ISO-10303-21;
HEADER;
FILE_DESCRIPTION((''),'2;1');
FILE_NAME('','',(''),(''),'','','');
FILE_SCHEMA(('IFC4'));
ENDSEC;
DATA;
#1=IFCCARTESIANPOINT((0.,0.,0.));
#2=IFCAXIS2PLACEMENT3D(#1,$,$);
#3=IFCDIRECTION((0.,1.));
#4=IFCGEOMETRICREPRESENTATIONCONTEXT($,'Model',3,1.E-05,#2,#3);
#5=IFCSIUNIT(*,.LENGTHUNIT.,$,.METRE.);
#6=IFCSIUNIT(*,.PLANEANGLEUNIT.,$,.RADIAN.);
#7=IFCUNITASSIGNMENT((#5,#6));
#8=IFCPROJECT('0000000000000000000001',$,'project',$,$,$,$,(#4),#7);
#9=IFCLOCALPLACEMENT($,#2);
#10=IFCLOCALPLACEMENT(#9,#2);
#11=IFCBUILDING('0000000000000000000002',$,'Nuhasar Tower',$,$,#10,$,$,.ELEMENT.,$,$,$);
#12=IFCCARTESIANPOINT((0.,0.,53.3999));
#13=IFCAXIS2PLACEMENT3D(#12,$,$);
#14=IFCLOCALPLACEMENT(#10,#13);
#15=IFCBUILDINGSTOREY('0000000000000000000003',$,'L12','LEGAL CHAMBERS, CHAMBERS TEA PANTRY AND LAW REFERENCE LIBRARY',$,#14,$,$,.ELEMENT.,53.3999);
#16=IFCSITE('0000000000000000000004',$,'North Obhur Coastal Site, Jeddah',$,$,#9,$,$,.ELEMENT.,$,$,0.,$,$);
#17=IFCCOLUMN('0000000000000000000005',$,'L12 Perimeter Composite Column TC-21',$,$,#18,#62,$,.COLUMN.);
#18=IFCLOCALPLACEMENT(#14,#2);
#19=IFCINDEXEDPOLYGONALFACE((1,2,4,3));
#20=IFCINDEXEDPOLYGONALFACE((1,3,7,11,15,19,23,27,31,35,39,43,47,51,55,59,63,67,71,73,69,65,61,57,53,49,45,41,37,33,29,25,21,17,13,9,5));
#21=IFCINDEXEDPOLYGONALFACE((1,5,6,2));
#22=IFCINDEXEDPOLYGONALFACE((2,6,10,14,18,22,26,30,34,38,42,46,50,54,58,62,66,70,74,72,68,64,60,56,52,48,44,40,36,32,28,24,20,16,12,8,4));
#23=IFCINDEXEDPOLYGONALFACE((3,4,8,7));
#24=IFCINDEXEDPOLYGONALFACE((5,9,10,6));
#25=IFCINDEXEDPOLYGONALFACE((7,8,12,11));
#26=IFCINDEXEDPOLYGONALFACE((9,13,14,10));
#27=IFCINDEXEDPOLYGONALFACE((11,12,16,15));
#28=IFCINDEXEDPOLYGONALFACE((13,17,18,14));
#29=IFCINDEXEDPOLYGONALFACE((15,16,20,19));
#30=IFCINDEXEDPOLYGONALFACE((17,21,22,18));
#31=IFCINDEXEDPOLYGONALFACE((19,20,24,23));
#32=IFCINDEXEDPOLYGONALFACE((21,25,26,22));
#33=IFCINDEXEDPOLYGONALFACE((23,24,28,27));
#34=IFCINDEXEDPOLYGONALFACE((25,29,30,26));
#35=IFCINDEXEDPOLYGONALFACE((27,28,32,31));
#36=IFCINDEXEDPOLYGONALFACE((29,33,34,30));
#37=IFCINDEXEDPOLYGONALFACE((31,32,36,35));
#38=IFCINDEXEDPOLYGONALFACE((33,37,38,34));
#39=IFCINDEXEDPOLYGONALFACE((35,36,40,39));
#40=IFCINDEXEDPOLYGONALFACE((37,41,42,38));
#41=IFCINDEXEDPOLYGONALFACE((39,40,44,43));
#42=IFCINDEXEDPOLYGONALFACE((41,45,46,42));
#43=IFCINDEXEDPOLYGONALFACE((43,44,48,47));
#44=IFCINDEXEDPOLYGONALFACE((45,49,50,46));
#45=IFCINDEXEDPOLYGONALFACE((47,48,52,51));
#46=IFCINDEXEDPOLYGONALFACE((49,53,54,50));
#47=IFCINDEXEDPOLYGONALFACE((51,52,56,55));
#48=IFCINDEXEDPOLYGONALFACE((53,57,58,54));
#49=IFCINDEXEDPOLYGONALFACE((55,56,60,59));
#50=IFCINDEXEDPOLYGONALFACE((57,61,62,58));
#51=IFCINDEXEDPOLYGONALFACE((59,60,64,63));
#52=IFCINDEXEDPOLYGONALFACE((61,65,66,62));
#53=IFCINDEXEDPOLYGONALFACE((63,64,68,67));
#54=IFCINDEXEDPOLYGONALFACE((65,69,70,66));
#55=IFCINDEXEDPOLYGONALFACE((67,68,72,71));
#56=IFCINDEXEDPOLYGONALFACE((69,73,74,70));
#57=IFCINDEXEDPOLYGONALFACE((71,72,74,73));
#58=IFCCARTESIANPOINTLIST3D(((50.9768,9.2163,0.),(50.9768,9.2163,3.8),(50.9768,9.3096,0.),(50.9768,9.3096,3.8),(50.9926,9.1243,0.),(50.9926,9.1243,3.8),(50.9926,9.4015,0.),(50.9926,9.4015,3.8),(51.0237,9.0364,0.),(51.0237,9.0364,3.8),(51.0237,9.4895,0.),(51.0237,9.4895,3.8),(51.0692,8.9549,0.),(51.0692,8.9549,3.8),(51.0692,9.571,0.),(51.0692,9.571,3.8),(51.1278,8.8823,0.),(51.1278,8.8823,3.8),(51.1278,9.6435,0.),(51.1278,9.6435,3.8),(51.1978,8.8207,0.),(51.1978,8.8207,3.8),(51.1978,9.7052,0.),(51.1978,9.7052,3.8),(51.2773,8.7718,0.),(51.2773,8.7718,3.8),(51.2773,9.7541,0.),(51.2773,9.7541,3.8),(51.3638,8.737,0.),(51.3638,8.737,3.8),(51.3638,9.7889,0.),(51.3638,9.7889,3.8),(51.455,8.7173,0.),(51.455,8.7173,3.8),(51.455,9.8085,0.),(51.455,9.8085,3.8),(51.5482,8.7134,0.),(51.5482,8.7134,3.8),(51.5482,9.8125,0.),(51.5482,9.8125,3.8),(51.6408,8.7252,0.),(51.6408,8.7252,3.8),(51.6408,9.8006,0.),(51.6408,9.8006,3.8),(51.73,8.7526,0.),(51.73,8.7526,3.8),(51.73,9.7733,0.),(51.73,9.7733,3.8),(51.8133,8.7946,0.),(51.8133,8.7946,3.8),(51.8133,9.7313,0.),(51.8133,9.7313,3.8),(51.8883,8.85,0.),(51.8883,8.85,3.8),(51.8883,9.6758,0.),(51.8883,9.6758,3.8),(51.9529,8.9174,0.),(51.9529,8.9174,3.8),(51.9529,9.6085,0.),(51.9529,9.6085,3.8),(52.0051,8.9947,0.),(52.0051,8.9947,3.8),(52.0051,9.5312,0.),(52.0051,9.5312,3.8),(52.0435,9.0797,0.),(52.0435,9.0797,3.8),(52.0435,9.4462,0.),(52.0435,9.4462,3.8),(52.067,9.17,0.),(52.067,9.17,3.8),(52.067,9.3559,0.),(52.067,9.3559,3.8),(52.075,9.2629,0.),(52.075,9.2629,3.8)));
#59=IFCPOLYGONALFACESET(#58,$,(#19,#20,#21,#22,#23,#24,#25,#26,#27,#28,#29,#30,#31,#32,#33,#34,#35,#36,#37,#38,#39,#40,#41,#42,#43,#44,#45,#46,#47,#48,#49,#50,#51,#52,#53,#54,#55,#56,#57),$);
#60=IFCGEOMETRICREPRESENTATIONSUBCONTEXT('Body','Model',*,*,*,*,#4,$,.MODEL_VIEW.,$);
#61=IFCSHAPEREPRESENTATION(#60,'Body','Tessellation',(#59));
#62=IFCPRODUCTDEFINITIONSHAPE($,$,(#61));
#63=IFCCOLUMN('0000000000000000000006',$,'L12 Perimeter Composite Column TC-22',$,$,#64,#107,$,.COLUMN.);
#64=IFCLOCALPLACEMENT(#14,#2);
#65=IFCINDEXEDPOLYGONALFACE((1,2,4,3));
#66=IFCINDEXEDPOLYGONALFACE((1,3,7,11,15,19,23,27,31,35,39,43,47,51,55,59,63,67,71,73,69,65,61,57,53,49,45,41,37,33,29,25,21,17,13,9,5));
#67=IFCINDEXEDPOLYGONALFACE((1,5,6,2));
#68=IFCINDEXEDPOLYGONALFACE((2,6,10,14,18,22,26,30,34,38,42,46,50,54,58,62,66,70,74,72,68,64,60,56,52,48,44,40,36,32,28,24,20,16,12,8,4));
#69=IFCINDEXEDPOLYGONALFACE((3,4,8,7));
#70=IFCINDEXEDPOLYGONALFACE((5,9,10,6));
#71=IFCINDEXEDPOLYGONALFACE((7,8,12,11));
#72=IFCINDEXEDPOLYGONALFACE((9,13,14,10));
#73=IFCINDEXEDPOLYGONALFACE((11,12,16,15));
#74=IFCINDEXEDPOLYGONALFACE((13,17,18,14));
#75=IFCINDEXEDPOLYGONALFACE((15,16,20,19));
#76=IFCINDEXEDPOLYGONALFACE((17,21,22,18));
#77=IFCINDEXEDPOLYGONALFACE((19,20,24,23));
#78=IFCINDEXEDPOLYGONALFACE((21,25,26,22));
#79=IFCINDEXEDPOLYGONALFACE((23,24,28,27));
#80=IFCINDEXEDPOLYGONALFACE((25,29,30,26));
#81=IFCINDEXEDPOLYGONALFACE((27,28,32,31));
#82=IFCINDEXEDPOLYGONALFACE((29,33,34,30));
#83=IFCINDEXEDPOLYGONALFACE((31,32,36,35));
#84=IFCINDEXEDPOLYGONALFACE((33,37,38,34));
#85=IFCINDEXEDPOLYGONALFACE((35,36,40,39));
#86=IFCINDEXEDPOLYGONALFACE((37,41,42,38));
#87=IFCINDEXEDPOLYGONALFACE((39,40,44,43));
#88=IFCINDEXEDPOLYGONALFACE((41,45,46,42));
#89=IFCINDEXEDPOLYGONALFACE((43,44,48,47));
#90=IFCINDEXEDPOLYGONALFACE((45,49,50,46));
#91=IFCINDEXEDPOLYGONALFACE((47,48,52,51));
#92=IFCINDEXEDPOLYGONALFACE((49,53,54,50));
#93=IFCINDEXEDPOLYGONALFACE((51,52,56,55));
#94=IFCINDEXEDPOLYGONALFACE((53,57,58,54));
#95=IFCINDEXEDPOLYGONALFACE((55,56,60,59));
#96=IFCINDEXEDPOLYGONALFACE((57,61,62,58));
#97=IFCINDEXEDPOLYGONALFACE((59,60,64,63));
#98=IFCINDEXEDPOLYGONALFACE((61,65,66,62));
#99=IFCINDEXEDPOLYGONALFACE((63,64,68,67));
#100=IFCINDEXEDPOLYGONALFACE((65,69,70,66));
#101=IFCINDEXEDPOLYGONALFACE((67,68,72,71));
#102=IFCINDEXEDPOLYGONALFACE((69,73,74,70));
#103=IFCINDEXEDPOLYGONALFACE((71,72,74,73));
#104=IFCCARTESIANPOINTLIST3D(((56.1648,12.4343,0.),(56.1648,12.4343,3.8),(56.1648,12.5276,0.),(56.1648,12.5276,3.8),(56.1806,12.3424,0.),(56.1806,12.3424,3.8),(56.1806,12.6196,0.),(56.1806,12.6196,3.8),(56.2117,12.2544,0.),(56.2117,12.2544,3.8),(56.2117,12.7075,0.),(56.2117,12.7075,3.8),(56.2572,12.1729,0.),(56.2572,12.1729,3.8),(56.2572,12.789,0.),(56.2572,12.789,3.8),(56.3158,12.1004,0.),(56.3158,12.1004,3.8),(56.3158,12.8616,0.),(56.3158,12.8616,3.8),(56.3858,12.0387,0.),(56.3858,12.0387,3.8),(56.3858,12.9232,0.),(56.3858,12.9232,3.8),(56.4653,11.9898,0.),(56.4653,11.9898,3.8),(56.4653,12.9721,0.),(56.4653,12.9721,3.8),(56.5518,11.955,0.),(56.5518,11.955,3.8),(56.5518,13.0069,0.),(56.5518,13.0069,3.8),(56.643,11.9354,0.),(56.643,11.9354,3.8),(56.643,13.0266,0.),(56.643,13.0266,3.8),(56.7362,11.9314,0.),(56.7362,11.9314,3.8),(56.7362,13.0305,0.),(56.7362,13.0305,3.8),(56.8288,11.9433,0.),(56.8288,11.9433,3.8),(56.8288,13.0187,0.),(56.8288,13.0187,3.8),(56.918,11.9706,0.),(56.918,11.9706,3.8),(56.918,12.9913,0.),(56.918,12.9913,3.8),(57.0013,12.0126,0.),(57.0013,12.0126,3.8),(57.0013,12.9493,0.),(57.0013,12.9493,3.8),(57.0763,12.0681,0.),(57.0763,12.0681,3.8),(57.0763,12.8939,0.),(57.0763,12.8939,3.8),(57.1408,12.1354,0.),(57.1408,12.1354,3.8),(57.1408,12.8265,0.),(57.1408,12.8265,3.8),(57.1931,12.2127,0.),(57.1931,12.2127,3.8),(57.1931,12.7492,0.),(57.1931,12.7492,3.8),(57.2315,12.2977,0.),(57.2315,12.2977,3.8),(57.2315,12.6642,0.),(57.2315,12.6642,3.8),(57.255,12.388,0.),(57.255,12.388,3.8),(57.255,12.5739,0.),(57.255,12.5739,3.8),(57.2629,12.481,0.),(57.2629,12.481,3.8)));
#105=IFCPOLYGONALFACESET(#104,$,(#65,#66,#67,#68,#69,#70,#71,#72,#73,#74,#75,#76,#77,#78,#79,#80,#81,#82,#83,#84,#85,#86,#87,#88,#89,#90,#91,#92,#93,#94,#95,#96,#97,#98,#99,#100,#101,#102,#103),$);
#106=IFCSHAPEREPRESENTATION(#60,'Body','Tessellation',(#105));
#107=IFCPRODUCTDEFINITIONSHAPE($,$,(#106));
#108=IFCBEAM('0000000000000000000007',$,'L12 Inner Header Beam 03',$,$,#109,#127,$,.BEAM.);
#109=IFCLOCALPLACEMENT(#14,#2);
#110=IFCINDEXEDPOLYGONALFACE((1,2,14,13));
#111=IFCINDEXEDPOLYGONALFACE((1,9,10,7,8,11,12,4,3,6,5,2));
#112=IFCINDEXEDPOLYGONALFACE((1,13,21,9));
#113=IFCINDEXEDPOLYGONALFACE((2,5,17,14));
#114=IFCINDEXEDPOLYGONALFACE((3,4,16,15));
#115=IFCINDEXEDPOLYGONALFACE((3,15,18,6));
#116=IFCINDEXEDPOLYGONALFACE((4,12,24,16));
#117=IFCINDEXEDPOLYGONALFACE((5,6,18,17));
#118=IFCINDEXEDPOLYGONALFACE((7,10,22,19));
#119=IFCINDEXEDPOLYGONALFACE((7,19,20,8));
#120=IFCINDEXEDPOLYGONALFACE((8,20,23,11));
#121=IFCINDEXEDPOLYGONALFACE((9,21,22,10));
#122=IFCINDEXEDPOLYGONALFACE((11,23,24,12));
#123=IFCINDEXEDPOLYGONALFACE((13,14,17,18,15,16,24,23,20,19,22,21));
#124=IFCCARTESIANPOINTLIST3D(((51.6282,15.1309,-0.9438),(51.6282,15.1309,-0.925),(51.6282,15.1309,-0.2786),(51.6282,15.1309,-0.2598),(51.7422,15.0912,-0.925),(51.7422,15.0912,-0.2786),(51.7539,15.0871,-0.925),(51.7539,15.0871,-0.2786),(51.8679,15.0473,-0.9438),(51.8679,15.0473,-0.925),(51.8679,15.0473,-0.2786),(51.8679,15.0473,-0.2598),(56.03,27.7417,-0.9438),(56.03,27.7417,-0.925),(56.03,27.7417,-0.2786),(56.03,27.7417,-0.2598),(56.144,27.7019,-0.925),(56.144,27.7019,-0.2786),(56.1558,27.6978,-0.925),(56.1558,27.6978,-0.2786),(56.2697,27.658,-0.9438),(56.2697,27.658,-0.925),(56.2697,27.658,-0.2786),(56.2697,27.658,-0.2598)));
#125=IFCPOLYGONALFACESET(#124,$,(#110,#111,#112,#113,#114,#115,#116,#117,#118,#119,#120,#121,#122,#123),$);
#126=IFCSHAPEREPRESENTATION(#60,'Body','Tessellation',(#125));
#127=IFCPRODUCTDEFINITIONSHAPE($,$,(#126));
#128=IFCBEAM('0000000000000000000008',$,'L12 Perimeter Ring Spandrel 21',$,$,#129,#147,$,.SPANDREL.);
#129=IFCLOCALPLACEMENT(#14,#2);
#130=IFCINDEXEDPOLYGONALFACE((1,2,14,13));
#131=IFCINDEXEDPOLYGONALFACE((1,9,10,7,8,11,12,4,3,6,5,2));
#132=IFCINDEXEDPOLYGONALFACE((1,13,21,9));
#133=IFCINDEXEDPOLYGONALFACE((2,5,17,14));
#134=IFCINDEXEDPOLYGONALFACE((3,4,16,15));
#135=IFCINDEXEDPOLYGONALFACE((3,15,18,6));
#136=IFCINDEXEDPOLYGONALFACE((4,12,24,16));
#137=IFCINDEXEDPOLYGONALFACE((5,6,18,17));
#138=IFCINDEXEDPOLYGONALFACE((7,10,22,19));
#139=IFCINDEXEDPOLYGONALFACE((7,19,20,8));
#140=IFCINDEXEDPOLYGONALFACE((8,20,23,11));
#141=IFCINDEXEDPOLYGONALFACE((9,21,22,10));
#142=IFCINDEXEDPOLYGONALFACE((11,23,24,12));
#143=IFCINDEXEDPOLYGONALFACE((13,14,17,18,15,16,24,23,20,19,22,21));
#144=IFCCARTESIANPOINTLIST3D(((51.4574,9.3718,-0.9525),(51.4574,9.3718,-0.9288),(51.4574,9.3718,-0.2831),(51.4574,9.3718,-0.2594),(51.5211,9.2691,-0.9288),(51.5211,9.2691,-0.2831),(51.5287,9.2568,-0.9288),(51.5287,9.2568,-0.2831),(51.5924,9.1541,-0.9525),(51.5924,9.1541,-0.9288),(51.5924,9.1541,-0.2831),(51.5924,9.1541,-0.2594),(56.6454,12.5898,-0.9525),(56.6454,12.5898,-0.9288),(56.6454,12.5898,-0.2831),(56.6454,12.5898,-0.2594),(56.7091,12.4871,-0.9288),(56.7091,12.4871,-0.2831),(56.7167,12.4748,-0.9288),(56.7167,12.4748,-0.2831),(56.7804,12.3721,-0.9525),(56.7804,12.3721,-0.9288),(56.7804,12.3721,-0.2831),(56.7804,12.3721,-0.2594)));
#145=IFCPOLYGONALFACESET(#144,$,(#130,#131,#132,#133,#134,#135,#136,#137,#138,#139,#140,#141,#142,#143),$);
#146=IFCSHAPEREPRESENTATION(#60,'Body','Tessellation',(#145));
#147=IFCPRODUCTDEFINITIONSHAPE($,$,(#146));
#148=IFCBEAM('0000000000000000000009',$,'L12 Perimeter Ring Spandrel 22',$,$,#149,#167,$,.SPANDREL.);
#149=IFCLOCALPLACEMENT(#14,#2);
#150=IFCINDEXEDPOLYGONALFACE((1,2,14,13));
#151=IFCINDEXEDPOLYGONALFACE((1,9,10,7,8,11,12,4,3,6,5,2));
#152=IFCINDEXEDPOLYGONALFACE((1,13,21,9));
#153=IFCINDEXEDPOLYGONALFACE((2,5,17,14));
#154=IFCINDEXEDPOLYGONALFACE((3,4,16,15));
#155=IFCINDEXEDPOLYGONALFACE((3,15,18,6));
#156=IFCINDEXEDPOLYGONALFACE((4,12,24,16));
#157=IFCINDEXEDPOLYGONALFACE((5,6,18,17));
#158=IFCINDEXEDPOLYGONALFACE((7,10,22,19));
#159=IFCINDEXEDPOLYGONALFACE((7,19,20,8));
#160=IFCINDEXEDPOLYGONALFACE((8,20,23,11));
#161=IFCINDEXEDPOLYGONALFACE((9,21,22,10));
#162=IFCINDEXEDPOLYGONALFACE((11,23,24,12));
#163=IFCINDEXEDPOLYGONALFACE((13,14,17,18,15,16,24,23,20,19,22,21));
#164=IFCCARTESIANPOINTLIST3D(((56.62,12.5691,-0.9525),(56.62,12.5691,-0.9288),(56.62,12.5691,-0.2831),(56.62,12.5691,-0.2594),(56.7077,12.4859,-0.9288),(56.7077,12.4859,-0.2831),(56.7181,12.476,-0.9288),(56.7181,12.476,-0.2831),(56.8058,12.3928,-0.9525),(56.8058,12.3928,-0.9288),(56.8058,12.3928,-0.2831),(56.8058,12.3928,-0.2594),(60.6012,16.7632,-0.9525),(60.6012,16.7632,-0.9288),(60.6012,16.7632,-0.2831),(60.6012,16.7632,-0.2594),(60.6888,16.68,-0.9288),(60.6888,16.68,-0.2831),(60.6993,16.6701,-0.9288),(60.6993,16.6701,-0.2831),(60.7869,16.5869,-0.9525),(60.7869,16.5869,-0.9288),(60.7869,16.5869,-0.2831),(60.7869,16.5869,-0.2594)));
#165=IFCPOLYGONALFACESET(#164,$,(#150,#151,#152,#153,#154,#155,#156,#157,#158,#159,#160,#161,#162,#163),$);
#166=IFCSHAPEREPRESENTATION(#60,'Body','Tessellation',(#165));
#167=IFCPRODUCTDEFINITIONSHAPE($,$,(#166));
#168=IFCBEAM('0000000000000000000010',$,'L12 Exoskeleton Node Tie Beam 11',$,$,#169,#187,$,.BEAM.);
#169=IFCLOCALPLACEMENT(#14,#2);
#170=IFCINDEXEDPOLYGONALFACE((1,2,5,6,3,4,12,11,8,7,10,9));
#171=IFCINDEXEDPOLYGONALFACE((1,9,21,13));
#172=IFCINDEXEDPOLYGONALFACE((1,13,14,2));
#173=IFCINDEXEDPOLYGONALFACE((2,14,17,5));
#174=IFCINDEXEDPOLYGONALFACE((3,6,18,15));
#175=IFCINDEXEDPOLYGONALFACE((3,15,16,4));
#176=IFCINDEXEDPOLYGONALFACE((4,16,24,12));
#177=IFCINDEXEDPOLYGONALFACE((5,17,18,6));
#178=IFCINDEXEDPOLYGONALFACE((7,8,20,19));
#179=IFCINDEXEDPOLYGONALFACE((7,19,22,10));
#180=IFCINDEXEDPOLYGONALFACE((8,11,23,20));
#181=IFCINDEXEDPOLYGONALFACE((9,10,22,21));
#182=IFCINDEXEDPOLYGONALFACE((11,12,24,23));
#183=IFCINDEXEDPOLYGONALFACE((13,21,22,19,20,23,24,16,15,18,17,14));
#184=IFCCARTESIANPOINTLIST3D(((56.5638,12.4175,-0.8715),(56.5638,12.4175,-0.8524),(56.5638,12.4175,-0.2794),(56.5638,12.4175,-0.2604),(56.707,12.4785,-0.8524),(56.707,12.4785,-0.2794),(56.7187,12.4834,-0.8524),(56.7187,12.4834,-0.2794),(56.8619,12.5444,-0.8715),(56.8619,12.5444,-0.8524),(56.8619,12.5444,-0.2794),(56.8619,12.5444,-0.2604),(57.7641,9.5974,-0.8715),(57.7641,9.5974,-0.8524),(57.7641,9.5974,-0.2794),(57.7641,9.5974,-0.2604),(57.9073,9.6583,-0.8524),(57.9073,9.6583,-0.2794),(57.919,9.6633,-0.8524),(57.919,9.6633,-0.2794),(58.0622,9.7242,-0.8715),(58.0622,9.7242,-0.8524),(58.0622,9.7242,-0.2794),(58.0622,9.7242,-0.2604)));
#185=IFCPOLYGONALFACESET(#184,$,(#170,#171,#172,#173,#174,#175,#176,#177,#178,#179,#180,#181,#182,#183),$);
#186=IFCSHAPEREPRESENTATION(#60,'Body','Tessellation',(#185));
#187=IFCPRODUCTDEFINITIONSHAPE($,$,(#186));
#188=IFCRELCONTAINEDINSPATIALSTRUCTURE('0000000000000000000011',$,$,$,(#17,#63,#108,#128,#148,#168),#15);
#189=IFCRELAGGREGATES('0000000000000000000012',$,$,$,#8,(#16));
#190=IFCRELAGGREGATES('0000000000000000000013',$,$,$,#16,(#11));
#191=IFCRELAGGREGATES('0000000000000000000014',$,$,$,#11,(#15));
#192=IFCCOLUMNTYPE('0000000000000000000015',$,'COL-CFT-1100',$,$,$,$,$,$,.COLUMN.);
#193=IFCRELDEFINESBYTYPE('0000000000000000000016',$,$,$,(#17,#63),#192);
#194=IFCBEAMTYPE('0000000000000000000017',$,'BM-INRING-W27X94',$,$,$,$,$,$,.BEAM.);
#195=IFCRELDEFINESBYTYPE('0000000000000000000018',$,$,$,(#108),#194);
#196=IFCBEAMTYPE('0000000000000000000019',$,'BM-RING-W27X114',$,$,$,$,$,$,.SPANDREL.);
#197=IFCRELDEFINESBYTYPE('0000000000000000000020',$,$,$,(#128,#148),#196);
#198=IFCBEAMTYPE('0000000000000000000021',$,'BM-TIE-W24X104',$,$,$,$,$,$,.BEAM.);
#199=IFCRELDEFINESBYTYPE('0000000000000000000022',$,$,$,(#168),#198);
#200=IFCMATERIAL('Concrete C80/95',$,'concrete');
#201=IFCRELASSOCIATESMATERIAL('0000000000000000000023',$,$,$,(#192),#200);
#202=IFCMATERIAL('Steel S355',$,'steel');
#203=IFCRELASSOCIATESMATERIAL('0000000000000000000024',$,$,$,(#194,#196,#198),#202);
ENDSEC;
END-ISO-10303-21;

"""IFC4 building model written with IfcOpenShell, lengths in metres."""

from ifc_helpers import new_model, si_unit, direction, frame, origin, origin_2d, place, context, subcontext, project, spatial, circle, i_section, extrude, material, material_profile, profile_set, type_object, element, save


model = new_model("IFC4")

# Units and contexts
model_context = context("Model", 3, precision=1e-05, world=origin(), true_north=direction((0.0, 1.0)))
body_context = subcontext(model_context, "Body", "Model", "MODEL_VIEW")
ifc_project = project(units=[si_unit("LENGTHUNIT", "METRE"), si_unit("PLANEANGLEUNIT", "RADIAN")], contexts=[model_context])

# Site, building, storey
site_placement = place(None, origin())
site = spatial("IfcSite", under=ifc_project, at=site_placement, Name="North Obhur Coastal Site, Jeddah", CompositionType="ELEMENT", RefElevation=0.0)
building_placement = place(site_placement, origin())
building = spatial("IfcBuilding", under=site, at=building_placement, Name="Nuhasar Tower", CompositionType="ELEMENT")
storey_placement = place(building_placement, frame((0.0, 0.0, 53.3999)))
storey = spatial("IfcBuildingStorey", under=building, at=storey_placement, Name="L12", Description="LEGAL CHAMBERS, CHAMBERS TEA PANTRY AND LAW REFERENCE LIBRARY", CompositionType="ELEMENT", Elevation=53.3999)

# Columns
ifc_material_1 = material(Name="Concrete C80/95", Category="concrete")
ifc_material_profile_1 = material_profile(ifc_material_1, circle(Radius=0.55, at=origin_2d()), Name="CFT1100")
ifc_profile_set_1 = profile_set([ifc_material_profile_1], Name="Concrete C80/95")
column_type = type_object("IfcColumnType", Name="COL-CFT-1100", PredefinedType="COLUMN", material=ifc_profile_set_1)
for number, where, z_axis, x_axis, name in (
    (1, (51.5249, 9.2629, 0.0), (0.0, 0.0, 1.0), (1.0, 0.0, 0.0), "L12 Perimeter Composite Column TC-21"),
    (2, (56.7129, 12.481, 0.0), (0.0, 0.0, 1.0), (1.0, 0.0, 0.0), "L12 Perimeter Composite Column TC-22"),
):
    element("IfcColumn", number, at=place(storey_placement, frame(where, z_axis=z_axis, x_axis=x_axis)), inside=storey, type_object=column_type, Name=name, PredefinedType="COLUMN", context=body_context, shape_type="SweptSolid", body=[
        extrude(circle(Radius=0.55, at=origin_2d()), origin(), (0.0, 0.0, 1.0), 3.8),
    ])

# Beams
ifc_material_2 = material(Name="Steel S355", Category="steel")
ifc_material_profile_2 = material_profile(ifc_material_2, i_section(OverallWidth=0.2539, OverallDepth=0.6841, WebThickness=0.0125, FlangeThickness=0.0188, at=origin_2d()), Name="W27X94")
ifc_profile_set_2 = profile_set([ifc_material_profile_2], Name="Steel S355")
beam_type_1 = type_object("IfcBeamType", Name="BM-INRING-W27X94", PredefinedType="BEAM", material=ifc_profile_set_2)
beam_1_placement = place(storey_placement, frame((51.748, 15.0891, -0.6018), z_axis=(0.329554, 0.944137, 0.0), x_axis=(-0.944137, 0.329554, 0.0)))
element("IfcBeam", 3, at=beam_1_placement, inside=storey, type_object=beam_type_1, Name="L12 Inner Header Beam 03", PredefinedType="BEAM", context=body_context, shape_type="SweptSolid", body=[
    extrude(i_section(OverallWidth=0.2539, OverallDepth=0.6841, WebThickness=0.0125, FlangeThickness=0.0188, at=origin_2d()), origin(), (0.0, 0.0, 1.0), 13.3569),
])
ifc_material_profile_3 = material_profile(ifc_material_2, i_section(OverallWidth=0.2561, OverallDepth=0.6931, WebThickness=0.0144, FlangeThickness=0.0237, at=origin_2d()), Name="W27X114")
ifc_profile_set_3 = profile_set([ifc_material_profile_3], Name="Steel S355")
beam_type_2 = type_object("IfcBeamType", Name="BM-RING-W27X114", PredefinedType="SPANDREL", material=ifc_profile_set_3)
beam_2_placement = place(storey_placement, frame((51.5249, 9.2629, -0.606), z_axis=(0.849795, 0.527113, 0.0), x_axis=(-0.527113, 0.849795, 0.0)))
element("IfcBeam", 4, at=beam_2_placement, inside=storey, type_object=beam_type_2, Name="L12 Perimeter Ring Spandrel 21", PredefinedType="SPANDREL", context=body_context, shape_type="SweptSolid", body=[
    extrude(i_section(OverallWidth=0.2561, OverallDepth=0.6931, WebThickness=0.0144, FlangeThickness=0.0237, at=origin_2d()), origin(), (0.0, 0.0, 1.0), 6.105),
])
beam_3_placement = place(storey_placement, frame((56.7129, 12.481, -0.606), z_axis=(0.68846, 0.725274, 0.0), x_axis=(-0.725274, 0.68846, 0.0)))
element("IfcBeam", 5, at=beam_3_placement, inside=storey, type_object=beam_type_2, Name="L12 Perimeter Ring Spandrel 22", PredefinedType="SPANDREL", context=body_context, shape_type="SweptSolid", body=[
    extrude(i_section(OverallWidth=0.2561, OverallDepth=0.6931, WebThickness=0.0144, FlangeThickness=0.0237, at=origin_2d()), origin(), (0.0, 0.0, 1.0), 5.7827),
])
ifc_material_profile_4 = material_profile(ifc_material_2, i_section(OverallWidth=0.324, OverallDepth=0.6111, WebThickness=0.0127, FlangeThickness=0.019, at=origin_2d()), Name="W24X104")
ifc_profile_set_4 = profile_set([ifc_material_profile_4], Name="Steel S355")
beam_type_3 = type_object("IfcBeamType", Name="BM-TIE-W24X104", PredefinedType="BEAM", material=ifc_profile_set_4)
beam_4_placement = place(storey_placement, frame((56.7129, 12.481, -0.5659), z_axis=(0.391601, -0.920135, 0.0), x_axis=(0.920135, 0.391601, 0.0)))
element("IfcBeam", 6, at=beam_4_placement, inside=storey, type_object=beam_type_3, Name="L12 Exoskeleton Node Tie Beam 11", PredefinedType="BEAM", context=body_context, shape_type="SweptSolid", body=[
    extrude(i_section(OverallWidth=0.324, OverallDepth=0.6111, WebThickness=0.0127, FlangeThickness=0.019, at=origin_2d()), origin(), (0.0, 0.0, 1.0), 3.0649),
])

save(model, "model.ifc")
